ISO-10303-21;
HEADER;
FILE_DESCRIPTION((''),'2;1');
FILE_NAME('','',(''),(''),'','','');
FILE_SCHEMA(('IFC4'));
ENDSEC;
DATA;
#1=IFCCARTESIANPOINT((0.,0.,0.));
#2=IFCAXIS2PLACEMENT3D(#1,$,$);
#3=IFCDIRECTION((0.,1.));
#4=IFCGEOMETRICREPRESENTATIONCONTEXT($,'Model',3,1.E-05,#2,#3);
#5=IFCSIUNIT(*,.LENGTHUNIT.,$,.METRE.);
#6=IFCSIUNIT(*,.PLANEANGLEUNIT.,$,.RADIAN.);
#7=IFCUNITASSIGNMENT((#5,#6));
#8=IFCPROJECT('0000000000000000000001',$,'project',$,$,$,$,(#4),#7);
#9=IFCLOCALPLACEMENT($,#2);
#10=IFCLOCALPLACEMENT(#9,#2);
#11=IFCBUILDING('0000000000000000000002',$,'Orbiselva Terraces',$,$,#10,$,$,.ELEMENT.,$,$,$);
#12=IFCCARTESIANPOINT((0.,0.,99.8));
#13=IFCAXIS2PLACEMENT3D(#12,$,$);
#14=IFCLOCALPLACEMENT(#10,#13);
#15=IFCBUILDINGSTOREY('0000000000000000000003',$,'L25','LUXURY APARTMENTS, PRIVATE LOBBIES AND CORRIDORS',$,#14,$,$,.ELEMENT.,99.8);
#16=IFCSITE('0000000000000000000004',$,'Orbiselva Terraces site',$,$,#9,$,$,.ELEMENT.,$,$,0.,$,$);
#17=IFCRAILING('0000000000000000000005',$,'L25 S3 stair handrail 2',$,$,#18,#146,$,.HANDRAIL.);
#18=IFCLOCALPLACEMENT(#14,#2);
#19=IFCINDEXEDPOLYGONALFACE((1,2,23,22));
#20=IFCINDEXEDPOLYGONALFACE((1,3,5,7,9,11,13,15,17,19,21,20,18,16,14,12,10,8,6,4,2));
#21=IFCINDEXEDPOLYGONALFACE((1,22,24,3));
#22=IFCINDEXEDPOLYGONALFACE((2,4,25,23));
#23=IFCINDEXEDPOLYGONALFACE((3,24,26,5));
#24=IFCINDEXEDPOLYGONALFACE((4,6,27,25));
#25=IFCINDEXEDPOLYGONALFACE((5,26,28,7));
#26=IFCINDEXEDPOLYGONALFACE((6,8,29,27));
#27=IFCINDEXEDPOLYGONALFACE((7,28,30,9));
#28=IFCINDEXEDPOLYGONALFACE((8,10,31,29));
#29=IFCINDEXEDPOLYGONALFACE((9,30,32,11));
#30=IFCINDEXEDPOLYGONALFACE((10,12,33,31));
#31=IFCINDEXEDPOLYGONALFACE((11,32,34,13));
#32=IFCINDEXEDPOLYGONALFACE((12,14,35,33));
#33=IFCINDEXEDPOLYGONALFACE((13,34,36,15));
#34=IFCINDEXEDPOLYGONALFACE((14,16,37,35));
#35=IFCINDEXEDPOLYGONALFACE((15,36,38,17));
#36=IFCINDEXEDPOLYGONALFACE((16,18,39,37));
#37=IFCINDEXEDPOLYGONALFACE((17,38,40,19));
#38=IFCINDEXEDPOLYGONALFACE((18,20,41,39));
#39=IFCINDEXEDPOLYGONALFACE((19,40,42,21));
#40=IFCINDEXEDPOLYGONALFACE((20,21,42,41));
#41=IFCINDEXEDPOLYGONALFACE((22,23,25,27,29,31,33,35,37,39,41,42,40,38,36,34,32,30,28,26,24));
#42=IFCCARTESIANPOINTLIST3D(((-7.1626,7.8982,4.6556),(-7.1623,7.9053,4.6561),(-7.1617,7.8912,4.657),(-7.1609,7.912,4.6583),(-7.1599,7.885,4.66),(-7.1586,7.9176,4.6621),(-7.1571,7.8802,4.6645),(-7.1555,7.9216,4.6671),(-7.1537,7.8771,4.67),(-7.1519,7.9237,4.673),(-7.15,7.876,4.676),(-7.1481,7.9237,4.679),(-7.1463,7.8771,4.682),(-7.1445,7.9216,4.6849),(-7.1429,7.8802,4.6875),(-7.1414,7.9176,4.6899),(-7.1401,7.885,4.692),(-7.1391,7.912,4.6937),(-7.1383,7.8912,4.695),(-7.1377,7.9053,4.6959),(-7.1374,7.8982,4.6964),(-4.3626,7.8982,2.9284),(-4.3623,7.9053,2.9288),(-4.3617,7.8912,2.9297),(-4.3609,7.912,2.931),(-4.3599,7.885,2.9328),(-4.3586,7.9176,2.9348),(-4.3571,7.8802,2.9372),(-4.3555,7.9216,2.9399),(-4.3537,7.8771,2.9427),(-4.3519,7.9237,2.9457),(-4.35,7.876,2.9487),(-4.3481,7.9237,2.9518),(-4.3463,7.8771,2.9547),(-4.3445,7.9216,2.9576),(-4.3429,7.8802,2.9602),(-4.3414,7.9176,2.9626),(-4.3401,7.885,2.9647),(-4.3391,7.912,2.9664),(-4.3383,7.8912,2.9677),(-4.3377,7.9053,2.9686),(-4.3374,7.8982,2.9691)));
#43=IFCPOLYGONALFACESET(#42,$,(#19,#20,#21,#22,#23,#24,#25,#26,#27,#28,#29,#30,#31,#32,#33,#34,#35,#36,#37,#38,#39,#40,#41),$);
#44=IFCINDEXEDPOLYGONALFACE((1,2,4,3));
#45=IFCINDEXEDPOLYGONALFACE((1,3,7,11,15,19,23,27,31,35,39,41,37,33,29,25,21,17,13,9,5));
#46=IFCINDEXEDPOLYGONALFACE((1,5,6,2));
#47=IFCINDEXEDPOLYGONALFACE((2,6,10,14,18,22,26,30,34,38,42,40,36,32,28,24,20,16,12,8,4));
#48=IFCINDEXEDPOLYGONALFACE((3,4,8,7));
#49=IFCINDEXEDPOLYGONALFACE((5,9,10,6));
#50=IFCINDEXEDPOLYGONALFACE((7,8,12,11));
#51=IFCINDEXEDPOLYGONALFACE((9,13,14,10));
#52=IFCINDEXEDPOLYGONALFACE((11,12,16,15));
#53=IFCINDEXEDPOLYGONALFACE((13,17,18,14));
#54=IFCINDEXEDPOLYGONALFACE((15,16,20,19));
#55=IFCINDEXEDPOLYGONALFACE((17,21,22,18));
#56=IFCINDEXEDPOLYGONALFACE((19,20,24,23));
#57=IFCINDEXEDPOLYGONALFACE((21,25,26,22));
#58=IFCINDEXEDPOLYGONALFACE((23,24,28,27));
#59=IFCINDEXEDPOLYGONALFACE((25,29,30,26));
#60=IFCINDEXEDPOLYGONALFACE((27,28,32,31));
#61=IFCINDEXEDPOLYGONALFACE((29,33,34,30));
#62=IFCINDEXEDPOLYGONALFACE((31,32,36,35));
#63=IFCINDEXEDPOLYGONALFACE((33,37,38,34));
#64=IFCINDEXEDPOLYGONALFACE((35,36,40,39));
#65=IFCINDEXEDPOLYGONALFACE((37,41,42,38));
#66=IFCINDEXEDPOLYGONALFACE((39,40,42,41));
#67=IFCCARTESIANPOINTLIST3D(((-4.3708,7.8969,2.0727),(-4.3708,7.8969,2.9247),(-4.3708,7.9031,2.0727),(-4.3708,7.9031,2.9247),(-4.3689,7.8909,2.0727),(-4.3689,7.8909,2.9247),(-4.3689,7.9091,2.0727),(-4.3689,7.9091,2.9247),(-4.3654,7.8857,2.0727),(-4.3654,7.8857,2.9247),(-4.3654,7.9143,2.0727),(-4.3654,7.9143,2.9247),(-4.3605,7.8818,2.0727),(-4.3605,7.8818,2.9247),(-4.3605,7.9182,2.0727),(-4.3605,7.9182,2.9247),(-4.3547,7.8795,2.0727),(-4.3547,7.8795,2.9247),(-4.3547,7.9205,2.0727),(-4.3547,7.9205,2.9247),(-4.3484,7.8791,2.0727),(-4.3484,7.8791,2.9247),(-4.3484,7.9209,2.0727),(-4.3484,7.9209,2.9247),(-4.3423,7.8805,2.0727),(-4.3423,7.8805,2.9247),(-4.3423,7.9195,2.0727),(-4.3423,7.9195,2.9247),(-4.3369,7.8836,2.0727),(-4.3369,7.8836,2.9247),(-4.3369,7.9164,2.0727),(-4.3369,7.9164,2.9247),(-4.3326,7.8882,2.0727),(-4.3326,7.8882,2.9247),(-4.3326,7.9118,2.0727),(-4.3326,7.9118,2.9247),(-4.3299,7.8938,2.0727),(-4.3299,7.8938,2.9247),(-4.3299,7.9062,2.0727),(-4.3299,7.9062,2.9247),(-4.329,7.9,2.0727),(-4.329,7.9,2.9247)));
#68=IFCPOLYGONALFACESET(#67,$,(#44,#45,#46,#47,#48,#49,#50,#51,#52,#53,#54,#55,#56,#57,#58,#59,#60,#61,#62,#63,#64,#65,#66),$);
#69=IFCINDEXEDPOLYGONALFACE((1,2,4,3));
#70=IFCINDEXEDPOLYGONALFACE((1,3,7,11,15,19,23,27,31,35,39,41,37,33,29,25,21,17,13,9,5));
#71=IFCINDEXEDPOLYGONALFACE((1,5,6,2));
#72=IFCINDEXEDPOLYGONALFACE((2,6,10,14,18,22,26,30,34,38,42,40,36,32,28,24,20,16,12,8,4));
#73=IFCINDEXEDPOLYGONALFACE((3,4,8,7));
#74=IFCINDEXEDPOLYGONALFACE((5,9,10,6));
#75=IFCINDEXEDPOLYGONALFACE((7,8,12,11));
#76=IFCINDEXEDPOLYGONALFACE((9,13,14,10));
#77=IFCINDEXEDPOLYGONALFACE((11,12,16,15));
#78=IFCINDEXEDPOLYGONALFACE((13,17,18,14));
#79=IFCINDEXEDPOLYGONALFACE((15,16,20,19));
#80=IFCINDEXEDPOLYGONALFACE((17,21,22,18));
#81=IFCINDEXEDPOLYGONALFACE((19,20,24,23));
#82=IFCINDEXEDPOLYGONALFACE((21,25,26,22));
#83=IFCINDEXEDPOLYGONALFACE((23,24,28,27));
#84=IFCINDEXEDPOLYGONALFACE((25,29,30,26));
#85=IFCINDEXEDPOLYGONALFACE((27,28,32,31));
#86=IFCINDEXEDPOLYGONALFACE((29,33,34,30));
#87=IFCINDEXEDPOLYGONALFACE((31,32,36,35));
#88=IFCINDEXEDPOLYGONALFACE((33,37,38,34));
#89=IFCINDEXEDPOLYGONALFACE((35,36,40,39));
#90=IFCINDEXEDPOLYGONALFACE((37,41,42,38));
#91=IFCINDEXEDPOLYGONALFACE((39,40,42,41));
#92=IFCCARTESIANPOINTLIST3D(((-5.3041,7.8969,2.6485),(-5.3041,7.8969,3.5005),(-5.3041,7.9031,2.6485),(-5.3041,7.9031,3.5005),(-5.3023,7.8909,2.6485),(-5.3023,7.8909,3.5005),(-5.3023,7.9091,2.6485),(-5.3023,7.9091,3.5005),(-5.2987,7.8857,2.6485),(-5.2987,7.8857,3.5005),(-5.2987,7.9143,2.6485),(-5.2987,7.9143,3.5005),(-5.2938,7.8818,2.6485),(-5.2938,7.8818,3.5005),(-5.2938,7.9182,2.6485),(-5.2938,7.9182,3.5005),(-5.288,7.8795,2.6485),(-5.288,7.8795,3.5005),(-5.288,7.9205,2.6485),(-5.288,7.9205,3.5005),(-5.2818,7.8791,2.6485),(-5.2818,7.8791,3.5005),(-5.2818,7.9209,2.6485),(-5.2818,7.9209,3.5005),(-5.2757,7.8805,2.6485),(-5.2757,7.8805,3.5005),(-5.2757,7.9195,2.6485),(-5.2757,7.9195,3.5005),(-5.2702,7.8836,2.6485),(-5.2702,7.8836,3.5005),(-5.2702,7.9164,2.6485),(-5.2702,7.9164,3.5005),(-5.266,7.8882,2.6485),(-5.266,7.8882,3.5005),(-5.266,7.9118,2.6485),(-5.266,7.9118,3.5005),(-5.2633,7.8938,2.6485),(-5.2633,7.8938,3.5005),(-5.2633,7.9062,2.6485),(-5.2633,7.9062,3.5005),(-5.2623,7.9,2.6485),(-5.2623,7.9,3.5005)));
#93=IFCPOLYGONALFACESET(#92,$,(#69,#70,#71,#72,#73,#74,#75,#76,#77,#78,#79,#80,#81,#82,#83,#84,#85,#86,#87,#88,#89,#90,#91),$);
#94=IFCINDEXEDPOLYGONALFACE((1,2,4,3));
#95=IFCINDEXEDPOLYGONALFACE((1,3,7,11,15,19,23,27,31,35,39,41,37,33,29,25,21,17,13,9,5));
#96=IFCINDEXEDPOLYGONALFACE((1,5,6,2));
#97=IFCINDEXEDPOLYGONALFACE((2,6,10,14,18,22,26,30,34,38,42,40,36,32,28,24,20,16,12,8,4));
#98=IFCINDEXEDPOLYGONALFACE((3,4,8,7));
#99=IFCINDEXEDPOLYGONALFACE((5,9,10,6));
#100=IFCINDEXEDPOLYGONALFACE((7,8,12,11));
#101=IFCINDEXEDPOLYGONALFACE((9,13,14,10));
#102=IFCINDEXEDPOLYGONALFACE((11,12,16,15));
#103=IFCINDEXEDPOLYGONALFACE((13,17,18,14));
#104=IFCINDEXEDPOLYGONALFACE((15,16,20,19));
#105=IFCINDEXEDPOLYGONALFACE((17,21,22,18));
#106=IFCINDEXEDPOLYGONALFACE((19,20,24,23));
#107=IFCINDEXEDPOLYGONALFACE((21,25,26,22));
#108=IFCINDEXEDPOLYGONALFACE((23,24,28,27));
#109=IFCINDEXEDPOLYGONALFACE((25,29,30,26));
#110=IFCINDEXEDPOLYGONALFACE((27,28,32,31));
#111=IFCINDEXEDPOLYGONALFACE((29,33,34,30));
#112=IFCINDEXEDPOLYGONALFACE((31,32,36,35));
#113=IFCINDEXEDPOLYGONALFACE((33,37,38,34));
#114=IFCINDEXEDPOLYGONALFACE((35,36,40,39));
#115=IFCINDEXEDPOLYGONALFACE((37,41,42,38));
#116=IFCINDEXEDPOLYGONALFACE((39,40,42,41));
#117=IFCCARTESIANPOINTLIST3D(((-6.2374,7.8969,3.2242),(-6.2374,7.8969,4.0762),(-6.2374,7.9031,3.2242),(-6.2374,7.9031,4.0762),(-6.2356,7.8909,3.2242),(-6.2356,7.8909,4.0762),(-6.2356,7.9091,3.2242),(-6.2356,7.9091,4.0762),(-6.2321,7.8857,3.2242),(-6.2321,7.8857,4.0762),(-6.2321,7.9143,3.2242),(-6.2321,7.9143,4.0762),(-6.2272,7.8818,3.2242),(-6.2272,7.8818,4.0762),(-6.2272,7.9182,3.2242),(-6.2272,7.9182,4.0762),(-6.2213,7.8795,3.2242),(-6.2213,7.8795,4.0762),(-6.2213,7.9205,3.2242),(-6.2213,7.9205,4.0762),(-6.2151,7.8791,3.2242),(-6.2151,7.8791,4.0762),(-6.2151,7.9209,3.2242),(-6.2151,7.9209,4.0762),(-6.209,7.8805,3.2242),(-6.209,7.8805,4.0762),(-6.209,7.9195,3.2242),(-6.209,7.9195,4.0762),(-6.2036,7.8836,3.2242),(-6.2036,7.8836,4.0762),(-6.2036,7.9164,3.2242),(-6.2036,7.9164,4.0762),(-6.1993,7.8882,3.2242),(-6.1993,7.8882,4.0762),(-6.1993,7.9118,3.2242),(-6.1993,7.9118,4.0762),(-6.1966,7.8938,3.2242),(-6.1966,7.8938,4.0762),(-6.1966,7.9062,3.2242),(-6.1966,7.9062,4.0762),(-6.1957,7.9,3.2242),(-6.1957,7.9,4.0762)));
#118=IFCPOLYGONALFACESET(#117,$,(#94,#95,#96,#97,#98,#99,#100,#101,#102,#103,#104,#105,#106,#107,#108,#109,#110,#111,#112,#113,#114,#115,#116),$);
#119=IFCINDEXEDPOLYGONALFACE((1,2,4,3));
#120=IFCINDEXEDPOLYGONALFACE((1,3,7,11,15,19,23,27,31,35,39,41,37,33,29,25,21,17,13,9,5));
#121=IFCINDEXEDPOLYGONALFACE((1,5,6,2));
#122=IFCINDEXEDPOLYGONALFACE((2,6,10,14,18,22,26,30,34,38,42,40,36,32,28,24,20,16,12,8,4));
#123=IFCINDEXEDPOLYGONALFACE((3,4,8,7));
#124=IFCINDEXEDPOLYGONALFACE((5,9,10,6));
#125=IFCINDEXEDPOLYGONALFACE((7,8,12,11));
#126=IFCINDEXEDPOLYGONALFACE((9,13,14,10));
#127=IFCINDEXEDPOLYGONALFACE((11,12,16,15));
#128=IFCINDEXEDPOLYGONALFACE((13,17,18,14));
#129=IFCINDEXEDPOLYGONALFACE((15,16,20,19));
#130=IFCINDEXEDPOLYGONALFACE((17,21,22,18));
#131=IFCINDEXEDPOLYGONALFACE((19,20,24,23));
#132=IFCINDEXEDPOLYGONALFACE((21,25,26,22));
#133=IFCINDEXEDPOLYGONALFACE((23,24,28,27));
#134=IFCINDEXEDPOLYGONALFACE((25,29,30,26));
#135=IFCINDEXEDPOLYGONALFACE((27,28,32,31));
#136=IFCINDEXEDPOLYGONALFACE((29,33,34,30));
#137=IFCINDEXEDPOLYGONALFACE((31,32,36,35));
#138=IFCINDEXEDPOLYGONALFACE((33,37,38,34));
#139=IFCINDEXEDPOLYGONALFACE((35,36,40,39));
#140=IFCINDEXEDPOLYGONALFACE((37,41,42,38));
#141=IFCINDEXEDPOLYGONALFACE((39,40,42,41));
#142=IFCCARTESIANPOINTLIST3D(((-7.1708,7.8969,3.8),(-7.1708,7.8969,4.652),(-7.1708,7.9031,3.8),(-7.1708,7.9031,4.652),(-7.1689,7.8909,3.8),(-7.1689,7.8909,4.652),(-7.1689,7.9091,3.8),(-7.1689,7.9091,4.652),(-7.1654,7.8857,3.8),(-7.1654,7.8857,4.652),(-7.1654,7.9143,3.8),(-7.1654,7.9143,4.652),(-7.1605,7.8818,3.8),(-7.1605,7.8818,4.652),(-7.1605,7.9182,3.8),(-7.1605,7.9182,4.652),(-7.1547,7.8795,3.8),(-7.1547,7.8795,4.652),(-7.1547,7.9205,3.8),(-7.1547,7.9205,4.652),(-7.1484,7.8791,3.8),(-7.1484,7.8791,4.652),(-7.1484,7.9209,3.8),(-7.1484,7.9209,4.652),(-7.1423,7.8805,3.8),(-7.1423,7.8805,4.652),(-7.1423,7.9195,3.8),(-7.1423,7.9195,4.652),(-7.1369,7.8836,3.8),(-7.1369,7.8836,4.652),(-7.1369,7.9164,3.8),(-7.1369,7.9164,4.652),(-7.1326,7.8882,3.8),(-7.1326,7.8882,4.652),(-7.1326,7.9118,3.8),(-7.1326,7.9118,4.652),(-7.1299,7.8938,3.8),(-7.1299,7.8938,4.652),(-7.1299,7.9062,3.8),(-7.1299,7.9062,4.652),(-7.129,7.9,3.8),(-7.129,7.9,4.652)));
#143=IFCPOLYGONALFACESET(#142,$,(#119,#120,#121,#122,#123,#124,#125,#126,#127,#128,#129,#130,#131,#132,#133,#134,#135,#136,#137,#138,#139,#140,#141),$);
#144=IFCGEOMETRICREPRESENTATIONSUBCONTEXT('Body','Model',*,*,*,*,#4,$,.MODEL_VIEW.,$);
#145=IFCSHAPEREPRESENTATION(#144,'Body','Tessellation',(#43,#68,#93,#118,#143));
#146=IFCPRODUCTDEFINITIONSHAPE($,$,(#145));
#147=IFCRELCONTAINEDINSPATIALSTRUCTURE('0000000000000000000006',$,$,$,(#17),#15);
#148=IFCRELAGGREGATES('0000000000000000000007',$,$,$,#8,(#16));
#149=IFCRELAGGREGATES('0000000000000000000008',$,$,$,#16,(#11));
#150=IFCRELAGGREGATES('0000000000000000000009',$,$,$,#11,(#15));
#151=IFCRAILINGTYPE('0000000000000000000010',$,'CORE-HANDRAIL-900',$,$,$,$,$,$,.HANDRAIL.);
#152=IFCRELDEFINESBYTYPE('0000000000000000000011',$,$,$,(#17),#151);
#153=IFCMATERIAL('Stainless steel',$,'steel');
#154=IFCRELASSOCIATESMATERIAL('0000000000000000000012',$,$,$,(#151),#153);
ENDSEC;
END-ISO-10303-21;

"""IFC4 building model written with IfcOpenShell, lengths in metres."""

from ifc_helpers import new_model, si_unit, direction, frame, origin, origin_2d, place, context, subcontext, project, spatial, circle, extrude, material, type_object, element, save


model = new_model("IFC4")

# Units and contexts
model_context = context("Model", 3, precision=1e-05, world=origin(), true_north=direction((0.0, 1.0)))
body_context = subcontext(model_context, "Body", "Model", "MODEL_VIEW")
ifc_project = project(units=[si_unit("LENGTHUNIT", "METRE"), si_unit("PLANEANGLEUNIT", "RADIAN")], contexts=[model_context])

# Site, building, storey
site_placement = place(None, origin())
site = spatial("IfcSite", under=ifc_project, at=site_placement, Name="Orbiselva Terraces site", CompositionType="ELEMENT", RefElevation=0.0)
building_placement = place(site_placement, origin())
building = spatial("IfcBuilding", under=site, at=building_placement, Name="Orbiselva Terraces", CompositionType="ELEMENT")
storey_placement = place(building_placement, frame((0.0, 0.0, 99.8)))
storey = spatial("IfcBuildingStorey", under=building, at=storey_placement, Name="L25", Description="LUXURY APARTMENTS, PRIVATE LOBBIES AND CORRIDORS", CompositionType="ELEMENT", Elevation=99.8)

# Railing
ifc_material_1 = material(Name="Stainless steel", Category="steel")
railing_type_1 = type_object("IfcRailingType", Name="CORE-HANDRAIL-900", PredefinedType="HANDRAIL", material=ifc_material_1)
railing_1_placement = place(storey_placement, frame((-4.35, 7.9, 2.0727)))
element("IfcRailing", 1, at=railing_1_placement, inside=storey, type_object=railing_type_1, Name="L25 S3 stair handrail 2", PredefinedType="HANDRAIL", context=body_context, shape_type="SweptSolid", body=[
    extrude(circle(Radius=0.024, at=origin_2d()), frame((0.0, 0.0, 0.876), z_axis=(-0.851089, 0.0, 0.525022), x_axis=(0.0, -1.0, 0.0)), (0.0, 0.0, 1.0), 3.2899),
    extrude(circle(Radius=0.021, at=origin_2d()), origin(), (0.0, 0.0, 1.0), 0.852),
    extrude(circle(Radius=0.021, at=origin_2d()), frame((-0.9333, 0.0, 0.5758)), (0.0, 0.0, 1.0), 0.852),
    extrude(circle(Radius=0.021, at=origin_2d()), frame((-1.8667, 0.0, 1.1515)), (0.0, 0.0, 1.0), 0.852),
    extrude(circle(Radius=0.021, at=origin_2d()), frame((-2.8, 0.0, 1.7273)), (0.0, 0.0, 1.0), 0.852),
])

save(model, "model.ifc")
